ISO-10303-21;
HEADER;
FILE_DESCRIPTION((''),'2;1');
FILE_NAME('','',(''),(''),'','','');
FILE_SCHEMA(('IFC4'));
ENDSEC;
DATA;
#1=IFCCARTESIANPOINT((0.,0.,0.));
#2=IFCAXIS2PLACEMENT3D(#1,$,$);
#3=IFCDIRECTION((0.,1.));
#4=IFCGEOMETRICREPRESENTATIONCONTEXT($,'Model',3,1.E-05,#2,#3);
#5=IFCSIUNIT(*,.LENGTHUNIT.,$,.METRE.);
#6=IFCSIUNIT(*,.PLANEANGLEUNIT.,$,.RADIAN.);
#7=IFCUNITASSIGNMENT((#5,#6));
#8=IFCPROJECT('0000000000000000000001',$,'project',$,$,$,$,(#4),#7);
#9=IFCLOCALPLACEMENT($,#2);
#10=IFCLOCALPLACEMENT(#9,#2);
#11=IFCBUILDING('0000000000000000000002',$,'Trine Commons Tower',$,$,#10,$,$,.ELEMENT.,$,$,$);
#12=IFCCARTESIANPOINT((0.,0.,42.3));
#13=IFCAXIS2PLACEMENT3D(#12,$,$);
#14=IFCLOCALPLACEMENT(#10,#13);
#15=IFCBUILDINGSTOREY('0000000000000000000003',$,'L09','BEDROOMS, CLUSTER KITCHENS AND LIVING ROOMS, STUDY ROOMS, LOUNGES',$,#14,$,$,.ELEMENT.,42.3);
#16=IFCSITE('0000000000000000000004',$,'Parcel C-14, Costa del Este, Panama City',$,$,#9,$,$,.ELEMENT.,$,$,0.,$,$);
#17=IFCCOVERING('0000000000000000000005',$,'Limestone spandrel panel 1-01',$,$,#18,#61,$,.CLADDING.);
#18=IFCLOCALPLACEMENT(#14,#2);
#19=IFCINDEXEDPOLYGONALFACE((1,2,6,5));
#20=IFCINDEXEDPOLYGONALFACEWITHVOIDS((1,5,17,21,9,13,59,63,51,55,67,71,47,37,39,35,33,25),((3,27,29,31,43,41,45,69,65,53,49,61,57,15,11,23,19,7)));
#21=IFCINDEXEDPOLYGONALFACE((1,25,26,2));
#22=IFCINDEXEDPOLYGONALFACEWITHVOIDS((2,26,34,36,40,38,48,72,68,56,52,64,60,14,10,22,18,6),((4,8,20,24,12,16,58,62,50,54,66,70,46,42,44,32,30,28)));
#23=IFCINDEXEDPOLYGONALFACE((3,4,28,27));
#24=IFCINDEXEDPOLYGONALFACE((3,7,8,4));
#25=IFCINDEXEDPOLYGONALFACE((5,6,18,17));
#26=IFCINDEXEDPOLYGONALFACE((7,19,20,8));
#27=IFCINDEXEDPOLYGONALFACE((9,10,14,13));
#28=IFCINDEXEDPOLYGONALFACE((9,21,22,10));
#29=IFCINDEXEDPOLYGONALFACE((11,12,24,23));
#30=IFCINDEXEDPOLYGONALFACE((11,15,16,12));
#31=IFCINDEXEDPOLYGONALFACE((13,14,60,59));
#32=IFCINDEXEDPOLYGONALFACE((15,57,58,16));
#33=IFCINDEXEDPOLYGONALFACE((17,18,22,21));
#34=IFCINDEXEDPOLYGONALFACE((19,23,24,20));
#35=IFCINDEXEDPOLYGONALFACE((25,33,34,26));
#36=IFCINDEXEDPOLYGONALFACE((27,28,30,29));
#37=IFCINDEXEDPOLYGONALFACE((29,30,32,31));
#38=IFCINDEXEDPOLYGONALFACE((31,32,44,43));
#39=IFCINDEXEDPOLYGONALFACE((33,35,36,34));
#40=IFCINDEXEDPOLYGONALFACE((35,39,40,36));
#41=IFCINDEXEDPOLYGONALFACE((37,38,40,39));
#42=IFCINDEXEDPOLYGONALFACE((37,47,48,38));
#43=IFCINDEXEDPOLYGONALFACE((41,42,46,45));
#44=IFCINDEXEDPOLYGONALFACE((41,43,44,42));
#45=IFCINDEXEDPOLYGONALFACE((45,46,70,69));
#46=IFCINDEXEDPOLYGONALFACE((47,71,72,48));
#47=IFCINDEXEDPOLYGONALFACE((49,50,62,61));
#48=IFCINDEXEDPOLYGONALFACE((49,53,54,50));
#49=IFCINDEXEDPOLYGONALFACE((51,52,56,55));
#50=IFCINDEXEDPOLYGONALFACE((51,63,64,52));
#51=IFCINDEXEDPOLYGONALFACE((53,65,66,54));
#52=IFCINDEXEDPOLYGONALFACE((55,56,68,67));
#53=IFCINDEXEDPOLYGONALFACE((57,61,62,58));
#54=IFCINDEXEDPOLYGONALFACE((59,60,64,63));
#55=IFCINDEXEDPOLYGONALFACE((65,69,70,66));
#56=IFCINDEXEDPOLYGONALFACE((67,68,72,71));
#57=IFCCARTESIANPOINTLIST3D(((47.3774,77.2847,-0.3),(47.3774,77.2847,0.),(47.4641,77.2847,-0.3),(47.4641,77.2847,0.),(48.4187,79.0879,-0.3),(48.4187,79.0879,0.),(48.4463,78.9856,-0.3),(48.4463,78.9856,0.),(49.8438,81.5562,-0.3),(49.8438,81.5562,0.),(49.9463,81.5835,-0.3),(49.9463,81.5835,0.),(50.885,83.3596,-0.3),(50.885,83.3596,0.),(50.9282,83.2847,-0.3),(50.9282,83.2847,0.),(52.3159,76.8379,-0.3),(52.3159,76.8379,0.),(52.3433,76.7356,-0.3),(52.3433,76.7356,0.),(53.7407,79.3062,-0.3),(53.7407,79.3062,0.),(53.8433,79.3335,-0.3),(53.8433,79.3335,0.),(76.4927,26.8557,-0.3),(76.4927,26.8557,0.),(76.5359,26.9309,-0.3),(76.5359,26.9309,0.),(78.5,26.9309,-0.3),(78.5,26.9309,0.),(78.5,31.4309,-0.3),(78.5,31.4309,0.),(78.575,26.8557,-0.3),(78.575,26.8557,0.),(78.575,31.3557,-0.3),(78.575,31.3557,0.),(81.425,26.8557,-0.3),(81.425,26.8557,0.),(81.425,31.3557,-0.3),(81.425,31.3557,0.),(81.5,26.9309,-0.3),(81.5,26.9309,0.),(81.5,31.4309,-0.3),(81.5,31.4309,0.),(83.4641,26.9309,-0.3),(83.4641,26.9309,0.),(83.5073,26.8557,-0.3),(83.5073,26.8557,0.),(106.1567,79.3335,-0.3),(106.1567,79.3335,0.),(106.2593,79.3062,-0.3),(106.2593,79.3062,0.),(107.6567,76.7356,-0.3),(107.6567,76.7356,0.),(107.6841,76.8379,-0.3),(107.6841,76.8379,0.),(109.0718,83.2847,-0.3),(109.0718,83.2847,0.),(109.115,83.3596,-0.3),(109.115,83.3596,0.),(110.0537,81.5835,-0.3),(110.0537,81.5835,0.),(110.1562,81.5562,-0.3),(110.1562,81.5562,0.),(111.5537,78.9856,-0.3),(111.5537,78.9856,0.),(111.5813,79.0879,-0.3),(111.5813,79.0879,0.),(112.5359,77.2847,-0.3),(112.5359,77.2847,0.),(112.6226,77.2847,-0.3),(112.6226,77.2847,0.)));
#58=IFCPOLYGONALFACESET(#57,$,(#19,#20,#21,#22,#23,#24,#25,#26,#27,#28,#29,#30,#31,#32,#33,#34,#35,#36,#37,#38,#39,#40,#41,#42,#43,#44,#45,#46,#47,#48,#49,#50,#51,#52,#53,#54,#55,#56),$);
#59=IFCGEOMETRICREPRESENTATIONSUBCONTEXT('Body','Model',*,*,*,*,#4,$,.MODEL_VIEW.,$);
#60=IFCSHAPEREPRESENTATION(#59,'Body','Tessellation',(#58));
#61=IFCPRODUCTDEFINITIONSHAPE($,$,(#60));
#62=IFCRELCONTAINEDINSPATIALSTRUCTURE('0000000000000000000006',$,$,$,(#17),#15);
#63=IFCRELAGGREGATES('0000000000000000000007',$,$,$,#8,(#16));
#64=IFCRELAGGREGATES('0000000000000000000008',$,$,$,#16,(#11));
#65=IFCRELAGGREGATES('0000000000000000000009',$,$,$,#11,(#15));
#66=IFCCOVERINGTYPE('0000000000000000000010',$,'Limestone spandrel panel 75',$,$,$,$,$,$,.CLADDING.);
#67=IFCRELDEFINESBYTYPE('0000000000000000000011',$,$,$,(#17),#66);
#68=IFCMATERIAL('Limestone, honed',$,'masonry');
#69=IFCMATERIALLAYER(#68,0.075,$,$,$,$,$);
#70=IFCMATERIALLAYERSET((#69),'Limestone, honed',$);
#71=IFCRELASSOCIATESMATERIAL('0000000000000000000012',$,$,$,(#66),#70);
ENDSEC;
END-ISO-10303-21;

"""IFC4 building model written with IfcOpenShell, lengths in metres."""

from ifc_helpers import new_model, si_unit, direction, frame, origin, place, context, subcontext, project, spatial, polyline, outline, extrude, material, layer, layer_set, type_object, element, save


model = new_model("IFC4")

# Units and contexts
model_context = context("Model", 3, precision=1e-05, world=origin(), true_north=direction((0.0, 1.0)))
body_context = subcontext(model_context, "Body", "Model", "MODEL_VIEW")
ifc_project = project(units=[si_unit("LENGTHUNIT", "METRE"), si_unit("PLANEANGLEUNIT", "RADIAN")], contexts=[model_context])

# Site, building, storey
site_placement = place(None, origin())
site = spatial("IfcSite", under=ifc_project, at=site_placement, Name="Parcel C-14, Costa del Este, Panama City", CompositionType="ELEMENT", RefElevation=0.0)
building_placement = place(site_placement, origin())
building = spatial("IfcBuilding", under=site, at=building_placement, Name="Trine Commons Tower", CompositionType="ELEMENT")
storey_placement = place(building_placement, frame((0.0, 0.0, 42.3)))
storey = spatial("IfcBuildingStorey", under=building, at=storey_placement, Name="L09", Description="BEDROOMS, CLUSTER KITCHENS AND LIVING ROOMS, STUDY ROOMS, LOUNGES", CompositionType="ELEMENT", Elevation=42.3)

# Covering
ifc_material_1 = material(Name="Limestone, honed", Category="masonry")
ifc_layer_1 = layer(ifc_material_1, 0.075)
ifc_layer_set_1 = layer_set([ifc_layer_1], Name="Limestone, honed")
covering_type_1 = type_object("IfcCoveringType", Name="Limestone spandrel panel 75", PredefinedType="CLADDING", material=ifc_layer_set_1)
covering_1_placement = place(storey_placement, frame((0.0, 0.0, -0.3)))
element("IfcCovering", 1, at=covering_1_placement, inside=storey, type_object=covering_type_1, Name="Limestone spandrel panel 1-01", PredefinedType="CLADDING", context=body_context, shape_type="SweptSolid", body=[
    extrude(outline(polyline([(81.425, 31.3557), (81.425, 26.8557), (83.5073, 26.8557), (112.6226, 77.2847), (111.5813, 79.0879), (107.6841, 76.8379), (106.2593, 79.3062), (110.1562, 81.5562), (109.115, 83.3596), (50.885, 83.3596), (49.8438, 81.5562), (53.7407, 79.3062), (52.3159, 76.8379), (48.4187, 79.0879), (47.3774, 77.2847), (76.4927, 26.8557), (78.575, 26.8557), (78.575, 31.3557), (81.425, 31.3557)]), holes=[polyline([(111.5537, 78.9856), (112.5359, 77.2847), (83.4641, 26.9309), (81.5, 26.9309), (81.5, 31.4309), (78.5, 31.4309), (78.5, 26.9309), (76.5359, 26.9309), (47.4641, 77.2847), (48.4463, 78.9856), (52.3433, 76.7356), (53.8433, 79.3335), (49.9463, 81.5835), (50.9282, 83.2847), (109.0718, 83.2847), (110.0537, 81.5835), (106.1567, 79.3335), (107.6567, 76.7356), (111.5537, 78.9856)])]), origin(), (0.0, 0.0, 1.0), 0.3),
])

save(model, "model.ifc")
